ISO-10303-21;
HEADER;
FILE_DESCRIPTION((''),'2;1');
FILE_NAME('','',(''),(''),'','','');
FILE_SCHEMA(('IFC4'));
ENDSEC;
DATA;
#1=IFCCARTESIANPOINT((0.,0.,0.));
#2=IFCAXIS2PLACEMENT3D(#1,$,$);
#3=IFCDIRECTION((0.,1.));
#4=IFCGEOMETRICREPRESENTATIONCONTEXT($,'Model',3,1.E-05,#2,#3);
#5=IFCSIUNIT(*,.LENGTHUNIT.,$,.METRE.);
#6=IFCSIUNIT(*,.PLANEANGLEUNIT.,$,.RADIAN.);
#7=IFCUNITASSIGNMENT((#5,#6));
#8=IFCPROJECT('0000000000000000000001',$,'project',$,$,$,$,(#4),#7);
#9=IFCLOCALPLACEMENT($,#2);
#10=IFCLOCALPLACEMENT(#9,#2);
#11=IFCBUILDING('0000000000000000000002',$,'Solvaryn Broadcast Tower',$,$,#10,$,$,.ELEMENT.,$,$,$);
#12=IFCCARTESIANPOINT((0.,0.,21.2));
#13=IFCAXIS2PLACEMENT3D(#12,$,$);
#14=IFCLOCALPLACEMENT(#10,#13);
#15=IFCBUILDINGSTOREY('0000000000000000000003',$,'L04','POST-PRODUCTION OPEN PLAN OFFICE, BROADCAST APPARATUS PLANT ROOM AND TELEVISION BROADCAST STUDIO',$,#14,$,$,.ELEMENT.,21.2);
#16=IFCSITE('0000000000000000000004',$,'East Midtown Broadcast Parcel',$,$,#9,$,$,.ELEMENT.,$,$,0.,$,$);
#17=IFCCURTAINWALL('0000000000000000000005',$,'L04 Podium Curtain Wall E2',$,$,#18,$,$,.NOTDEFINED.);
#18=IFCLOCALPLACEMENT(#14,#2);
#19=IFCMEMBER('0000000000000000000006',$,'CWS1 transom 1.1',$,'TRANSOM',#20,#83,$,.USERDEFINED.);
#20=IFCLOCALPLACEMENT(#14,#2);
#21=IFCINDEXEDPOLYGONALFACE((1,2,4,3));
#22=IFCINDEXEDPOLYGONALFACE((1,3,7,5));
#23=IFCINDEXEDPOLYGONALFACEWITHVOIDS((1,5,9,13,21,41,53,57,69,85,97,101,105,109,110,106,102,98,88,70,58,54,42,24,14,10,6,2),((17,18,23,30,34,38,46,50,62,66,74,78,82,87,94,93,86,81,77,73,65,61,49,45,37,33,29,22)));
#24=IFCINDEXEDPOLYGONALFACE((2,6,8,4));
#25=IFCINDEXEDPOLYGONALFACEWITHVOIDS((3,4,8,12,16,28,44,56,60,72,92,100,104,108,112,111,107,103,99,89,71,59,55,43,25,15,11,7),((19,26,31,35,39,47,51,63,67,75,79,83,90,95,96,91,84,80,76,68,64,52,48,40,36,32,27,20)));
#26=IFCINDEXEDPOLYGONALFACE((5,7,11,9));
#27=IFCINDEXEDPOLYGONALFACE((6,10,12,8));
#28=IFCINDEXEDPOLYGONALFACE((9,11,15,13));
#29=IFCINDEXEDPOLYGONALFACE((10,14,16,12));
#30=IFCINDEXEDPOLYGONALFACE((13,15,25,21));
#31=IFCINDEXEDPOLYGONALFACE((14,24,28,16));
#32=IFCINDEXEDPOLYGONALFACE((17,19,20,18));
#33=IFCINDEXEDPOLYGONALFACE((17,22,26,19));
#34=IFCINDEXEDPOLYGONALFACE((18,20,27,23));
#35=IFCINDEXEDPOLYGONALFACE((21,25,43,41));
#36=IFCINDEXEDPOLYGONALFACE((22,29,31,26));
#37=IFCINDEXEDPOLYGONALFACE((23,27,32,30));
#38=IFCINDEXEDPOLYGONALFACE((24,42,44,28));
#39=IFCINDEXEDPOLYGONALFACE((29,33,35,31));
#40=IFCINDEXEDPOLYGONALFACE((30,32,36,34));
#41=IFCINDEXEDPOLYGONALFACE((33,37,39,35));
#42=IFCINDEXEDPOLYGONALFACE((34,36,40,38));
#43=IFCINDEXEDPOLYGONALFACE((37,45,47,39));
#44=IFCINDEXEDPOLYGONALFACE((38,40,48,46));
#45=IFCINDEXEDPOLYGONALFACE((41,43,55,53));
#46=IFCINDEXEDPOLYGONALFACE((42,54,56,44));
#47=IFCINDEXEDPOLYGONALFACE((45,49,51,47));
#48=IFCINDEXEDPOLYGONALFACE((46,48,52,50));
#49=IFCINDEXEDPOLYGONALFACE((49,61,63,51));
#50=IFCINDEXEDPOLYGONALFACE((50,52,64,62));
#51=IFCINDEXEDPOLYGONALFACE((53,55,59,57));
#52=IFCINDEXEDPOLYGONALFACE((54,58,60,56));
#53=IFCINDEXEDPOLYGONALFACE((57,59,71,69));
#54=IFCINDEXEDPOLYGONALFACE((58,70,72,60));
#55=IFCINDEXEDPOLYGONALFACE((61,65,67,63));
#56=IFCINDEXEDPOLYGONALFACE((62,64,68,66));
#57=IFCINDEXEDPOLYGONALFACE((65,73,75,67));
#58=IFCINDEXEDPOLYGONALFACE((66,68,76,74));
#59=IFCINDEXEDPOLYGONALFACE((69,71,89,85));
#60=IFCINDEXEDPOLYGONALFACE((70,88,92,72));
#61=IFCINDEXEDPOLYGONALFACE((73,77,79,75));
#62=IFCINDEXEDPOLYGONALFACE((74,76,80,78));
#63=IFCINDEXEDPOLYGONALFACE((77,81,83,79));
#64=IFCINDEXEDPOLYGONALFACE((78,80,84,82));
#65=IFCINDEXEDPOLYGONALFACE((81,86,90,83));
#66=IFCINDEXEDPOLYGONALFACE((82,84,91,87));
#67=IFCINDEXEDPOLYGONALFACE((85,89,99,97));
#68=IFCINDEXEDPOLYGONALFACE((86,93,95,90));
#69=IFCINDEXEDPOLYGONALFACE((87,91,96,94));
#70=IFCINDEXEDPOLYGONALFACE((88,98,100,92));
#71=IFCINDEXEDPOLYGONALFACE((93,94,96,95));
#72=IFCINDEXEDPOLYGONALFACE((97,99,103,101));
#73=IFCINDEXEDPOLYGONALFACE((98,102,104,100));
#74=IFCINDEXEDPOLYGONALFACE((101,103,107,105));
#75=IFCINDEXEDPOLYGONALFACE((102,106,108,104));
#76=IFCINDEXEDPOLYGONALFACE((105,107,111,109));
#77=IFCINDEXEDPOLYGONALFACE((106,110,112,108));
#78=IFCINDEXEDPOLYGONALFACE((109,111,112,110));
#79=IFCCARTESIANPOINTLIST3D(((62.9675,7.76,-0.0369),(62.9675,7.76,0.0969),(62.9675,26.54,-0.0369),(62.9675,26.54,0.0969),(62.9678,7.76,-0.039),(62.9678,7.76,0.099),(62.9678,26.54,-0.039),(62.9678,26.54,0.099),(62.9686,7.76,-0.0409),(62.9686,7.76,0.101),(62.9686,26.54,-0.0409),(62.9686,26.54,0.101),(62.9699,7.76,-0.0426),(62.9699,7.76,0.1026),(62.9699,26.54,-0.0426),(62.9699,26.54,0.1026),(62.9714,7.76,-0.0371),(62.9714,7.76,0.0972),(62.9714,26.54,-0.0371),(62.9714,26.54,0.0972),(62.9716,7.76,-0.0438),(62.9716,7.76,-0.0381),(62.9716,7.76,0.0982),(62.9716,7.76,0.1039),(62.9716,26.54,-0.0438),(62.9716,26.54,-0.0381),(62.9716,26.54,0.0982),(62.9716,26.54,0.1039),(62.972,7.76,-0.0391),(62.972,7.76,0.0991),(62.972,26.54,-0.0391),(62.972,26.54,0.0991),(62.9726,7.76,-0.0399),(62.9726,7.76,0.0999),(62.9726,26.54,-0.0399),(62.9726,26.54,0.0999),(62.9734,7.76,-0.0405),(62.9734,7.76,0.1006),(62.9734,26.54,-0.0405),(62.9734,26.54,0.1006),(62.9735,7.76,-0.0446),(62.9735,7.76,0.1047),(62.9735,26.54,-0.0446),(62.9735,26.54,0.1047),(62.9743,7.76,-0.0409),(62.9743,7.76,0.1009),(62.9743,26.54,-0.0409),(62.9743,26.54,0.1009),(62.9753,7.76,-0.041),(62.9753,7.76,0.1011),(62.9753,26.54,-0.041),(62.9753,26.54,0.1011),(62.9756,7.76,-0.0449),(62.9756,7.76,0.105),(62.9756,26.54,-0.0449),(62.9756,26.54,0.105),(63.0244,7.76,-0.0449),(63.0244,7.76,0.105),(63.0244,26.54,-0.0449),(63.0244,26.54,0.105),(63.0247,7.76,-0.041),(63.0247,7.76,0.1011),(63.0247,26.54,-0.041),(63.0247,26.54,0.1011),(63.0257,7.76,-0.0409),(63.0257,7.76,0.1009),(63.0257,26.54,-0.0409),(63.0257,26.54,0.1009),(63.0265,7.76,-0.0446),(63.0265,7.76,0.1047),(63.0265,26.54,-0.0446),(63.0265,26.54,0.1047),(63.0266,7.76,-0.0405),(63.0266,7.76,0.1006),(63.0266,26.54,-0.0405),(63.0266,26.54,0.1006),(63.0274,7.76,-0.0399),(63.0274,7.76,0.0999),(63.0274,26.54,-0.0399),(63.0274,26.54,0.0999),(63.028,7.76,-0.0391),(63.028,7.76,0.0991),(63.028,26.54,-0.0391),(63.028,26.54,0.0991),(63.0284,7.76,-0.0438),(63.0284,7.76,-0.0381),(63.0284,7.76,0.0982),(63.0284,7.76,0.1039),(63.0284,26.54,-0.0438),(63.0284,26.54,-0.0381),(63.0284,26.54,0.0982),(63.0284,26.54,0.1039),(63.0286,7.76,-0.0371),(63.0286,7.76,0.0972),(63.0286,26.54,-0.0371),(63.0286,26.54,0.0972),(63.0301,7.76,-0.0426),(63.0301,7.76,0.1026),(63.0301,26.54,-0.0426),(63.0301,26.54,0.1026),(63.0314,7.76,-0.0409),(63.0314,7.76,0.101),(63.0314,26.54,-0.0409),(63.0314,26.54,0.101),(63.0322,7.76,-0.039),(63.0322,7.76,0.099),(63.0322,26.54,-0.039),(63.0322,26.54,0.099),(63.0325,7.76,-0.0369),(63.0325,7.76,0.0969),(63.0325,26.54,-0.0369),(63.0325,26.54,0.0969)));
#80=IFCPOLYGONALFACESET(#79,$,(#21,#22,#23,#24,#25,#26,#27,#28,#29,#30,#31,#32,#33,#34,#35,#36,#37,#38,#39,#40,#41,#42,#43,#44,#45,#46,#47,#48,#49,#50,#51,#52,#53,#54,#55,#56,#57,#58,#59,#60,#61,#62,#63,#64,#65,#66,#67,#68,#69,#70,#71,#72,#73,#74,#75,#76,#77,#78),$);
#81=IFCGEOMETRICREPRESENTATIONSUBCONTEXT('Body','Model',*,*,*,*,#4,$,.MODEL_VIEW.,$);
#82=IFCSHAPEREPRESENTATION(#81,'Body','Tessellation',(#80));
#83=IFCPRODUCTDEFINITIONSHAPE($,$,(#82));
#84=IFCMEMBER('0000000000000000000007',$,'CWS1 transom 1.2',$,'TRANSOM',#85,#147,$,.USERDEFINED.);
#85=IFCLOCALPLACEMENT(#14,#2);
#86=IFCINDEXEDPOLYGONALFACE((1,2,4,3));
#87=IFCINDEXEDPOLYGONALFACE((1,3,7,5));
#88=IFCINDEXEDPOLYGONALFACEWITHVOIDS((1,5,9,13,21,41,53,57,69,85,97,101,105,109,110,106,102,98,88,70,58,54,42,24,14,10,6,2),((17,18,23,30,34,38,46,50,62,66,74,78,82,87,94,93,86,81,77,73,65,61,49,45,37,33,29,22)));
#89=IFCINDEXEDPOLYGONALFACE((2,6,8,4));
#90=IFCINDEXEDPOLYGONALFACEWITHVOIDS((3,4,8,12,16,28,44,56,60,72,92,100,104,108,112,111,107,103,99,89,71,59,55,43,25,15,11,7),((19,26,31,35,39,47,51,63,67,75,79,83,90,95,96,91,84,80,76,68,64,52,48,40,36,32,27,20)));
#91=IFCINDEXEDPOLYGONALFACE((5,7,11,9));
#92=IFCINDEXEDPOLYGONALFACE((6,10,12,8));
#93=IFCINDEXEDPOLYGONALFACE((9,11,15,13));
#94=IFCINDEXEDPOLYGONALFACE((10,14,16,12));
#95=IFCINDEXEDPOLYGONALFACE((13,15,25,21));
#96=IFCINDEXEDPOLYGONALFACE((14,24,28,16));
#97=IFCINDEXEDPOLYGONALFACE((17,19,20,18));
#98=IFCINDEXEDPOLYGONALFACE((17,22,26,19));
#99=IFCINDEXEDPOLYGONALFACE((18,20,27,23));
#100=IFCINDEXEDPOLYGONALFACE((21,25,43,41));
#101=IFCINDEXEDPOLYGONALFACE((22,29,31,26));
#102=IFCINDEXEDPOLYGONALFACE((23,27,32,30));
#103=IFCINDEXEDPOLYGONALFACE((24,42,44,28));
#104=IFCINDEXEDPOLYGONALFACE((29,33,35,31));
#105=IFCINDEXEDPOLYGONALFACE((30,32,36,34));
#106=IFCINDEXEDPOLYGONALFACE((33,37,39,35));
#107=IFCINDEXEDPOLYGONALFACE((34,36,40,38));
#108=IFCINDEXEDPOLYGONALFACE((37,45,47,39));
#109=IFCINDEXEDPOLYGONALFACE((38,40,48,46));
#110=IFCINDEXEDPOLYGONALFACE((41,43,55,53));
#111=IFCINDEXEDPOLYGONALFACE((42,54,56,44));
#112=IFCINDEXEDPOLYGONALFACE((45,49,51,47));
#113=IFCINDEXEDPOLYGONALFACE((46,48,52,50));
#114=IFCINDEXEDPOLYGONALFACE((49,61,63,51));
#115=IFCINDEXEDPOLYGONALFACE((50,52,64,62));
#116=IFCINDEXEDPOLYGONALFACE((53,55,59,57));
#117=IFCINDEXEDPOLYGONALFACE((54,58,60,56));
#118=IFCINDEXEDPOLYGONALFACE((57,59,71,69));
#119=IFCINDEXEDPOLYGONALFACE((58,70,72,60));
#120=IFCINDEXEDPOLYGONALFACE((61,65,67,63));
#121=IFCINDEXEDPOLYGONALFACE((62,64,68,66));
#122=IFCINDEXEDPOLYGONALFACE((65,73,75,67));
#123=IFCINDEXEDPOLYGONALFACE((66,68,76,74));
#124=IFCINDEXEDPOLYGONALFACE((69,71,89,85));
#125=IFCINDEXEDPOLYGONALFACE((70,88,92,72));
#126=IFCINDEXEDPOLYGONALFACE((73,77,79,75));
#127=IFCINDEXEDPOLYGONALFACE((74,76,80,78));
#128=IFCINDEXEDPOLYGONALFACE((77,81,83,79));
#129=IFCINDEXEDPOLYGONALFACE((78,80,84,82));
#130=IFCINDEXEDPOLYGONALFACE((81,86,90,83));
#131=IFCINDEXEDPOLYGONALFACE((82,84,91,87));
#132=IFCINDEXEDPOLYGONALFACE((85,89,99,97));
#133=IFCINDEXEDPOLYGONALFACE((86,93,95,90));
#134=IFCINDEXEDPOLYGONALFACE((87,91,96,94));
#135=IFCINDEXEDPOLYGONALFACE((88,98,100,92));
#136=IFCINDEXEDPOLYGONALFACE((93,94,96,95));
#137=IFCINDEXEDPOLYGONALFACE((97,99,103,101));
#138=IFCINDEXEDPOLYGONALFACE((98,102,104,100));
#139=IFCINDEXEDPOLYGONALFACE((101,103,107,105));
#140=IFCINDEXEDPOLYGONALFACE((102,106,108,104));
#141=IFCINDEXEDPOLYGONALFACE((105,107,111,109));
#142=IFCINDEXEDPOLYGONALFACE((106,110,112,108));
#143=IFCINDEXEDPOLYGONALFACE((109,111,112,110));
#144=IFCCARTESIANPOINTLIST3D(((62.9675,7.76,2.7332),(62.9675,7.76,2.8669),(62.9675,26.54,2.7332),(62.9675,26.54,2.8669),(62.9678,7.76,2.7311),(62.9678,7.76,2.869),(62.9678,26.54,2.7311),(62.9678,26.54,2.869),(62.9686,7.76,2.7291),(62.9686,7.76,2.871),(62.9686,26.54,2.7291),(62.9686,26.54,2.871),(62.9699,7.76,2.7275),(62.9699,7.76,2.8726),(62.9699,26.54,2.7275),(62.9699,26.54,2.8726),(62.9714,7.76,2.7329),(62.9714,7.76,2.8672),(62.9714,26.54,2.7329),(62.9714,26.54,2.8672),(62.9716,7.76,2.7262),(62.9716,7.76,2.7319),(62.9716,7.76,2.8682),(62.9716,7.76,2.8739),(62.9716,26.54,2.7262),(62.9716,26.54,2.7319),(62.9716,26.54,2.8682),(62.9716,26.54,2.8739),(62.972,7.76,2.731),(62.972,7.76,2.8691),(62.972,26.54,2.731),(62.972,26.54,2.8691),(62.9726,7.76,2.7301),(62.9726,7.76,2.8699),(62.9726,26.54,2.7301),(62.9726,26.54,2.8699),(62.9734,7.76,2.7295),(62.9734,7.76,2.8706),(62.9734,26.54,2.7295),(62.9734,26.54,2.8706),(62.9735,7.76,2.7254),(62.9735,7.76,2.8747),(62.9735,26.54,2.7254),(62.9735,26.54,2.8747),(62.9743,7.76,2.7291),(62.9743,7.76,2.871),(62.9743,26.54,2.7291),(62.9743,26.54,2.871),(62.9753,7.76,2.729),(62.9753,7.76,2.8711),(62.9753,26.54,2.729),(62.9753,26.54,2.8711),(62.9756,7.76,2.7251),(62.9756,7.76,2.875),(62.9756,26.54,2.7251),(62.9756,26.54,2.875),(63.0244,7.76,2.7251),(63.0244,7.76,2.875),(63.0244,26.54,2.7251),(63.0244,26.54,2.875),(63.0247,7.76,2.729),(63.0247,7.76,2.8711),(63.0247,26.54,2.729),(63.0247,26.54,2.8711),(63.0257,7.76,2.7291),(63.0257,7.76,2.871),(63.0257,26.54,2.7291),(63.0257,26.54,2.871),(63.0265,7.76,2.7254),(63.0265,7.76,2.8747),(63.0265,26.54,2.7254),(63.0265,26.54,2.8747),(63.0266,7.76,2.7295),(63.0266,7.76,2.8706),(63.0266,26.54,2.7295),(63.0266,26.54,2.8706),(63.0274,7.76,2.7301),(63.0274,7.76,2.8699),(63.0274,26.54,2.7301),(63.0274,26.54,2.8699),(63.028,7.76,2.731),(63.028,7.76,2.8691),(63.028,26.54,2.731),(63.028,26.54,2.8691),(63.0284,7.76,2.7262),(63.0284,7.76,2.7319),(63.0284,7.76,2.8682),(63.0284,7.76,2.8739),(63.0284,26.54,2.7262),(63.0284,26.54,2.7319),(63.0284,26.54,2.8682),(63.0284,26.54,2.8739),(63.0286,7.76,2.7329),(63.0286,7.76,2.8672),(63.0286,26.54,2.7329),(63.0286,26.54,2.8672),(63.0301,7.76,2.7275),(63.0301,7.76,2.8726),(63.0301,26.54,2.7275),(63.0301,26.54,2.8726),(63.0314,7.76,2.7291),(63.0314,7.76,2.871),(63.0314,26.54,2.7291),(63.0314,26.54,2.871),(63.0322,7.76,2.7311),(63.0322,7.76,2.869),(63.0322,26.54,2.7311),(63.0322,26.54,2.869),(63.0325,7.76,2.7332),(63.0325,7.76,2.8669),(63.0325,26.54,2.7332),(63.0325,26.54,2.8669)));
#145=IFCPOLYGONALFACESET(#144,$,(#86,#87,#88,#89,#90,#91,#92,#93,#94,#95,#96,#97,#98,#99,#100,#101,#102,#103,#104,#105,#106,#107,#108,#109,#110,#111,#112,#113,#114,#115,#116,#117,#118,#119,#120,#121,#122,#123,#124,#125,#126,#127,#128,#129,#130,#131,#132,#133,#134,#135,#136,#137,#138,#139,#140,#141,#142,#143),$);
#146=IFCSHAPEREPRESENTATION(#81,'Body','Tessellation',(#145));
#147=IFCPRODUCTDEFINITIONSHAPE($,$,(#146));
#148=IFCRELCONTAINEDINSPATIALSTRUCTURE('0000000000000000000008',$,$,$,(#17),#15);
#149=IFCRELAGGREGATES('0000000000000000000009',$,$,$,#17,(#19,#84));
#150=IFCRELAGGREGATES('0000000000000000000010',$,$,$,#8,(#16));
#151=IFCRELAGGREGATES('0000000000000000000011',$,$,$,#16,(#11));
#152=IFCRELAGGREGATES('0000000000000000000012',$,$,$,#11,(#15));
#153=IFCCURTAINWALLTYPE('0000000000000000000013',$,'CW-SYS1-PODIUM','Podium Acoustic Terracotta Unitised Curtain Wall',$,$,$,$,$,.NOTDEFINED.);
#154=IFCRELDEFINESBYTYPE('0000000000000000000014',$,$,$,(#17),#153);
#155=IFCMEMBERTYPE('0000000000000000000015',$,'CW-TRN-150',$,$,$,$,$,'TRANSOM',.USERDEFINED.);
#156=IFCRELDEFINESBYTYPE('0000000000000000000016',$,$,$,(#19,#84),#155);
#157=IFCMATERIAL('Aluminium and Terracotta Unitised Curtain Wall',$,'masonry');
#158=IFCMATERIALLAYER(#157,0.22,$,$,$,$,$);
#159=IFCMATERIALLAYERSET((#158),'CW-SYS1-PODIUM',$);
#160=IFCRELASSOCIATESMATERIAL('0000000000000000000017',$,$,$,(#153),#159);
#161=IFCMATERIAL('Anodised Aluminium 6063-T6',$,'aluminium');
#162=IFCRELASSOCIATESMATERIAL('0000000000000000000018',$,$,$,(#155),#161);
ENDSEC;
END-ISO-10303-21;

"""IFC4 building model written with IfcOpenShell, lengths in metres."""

from ifc_helpers import new_model, si_unit, direction, frame, origin, origin_2d, place, context, subcontext, project, spatial, hollow_rectangle, extrude, material, layer, layer_set, material_profile, profile_set, type_object, element, aggregate, save


model = new_model("IFC4")

# Units and contexts
model_context = context("Model", 3, precision=1e-05, world=origin(), true_north=direction((0.0, 1.0)))
body_context = subcontext(model_context, "Body", "Model", "MODEL_VIEW")
ifc_project = project(units=[si_unit("LENGTHUNIT", "METRE"), si_unit("PLANEANGLEUNIT", "RADIAN")], contexts=[model_context])

# Site, building, storey
site_placement = place(None, origin())
site = spatial("IfcSite", under=ifc_project, at=site_placement, Name="East Midtown Broadcast Parcel", CompositionType="ELEMENT", RefElevation=0.0)
building_placement = place(site_placement, origin())
building = spatial("IfcBuilding", under=site, at=building_placement, Name="Solvaryn Broadcast Tower", CompositionType="ELEMENT")
storey_placement = place(building_placement, frame((0.0, 0.0, 21.2)))
storey = spatial("IfcBuildingStorey", under=building, at=storey_placement, Name="L04", Description="POST-PRODUCTION OPEN PLAN OFFICE, BROADCAST APPARATUS PLANT ROOM AND TELEVISION BROADCAST STUDIO", CompositionType="ELEMENT", Elevation=21.2)

# Shared definitions
ifc_material_1 = material(Name="Aluminium and Terracotta Unitised Curtain Wall", Category="masonry")
ifc_layer_1 = layer(ifc_material_1, 0.22)
ifc_layer_set_1 = layer_set([ifc_layer_1], Name="CW-SYS1-PODIUM")
curtain_wall_type = type_object("IfcCurtainWallType", Name="CW-SYS1-PODIUM", Description="Podium Acoustic Terracotta Unitised Curtain Wall", PredefinedType="NOTDEFINED", material=ifc_layer_set_1)

# Curtain wall
curtain_wall_1_placement = place(storey_placement, origin())
curtain_wall_1 = element("IfcCurtainWall", 1, at=curtain_wall_1_placement, inside=storey, type_object=curtain_wall_type, Name="L04 Podium Curtain Wall E2", PredefinedType="NOTDEFINED")

# Members
ifc_material_2 = material(Name="Anodised Aluminium 6063-T6", Category="aluminium")
ifc_material_profile_1 = material_profile(ifc_material_2, hollow_rectangle(XDim=0.0649, YDim=0.1499, WallThickness=0.0039, InnerFilletRadius=0.0039, OuterFilletRadius=0.0081, at=origin_2d()))
ifc_profile_set_1 = profile_set([ifc_material_profile_1], Name="Anodised Aluminium 6063-T6")
member_type_1 = type_object("IfcMemberType", Name="CW-TRN-150", ElementType="TRANSOM", PredefinedType="USERDEFINED", material=ifc_profile_set_1)
member_1_placement = place(storey_placement, frame((63.0, 26.54, 0.03), z_axis=(0.0, -1.0, 0.0), x_axis=(1.0, 0.0, 0.0)))
member_1 = element("IfcMember", 2, at=member_1_placement, type_object=member_type_1, Name="CWS1 transom 1.1", ObjectType="TRANSOM", PredefinedType="USERDEFINED", context=body_context, shape_type="SweptSolid", body=[
    extrude(hollow_rectangle(XDim=0.0649, YDim=0.1499, WallThickness=0.0039, InnerFilletRadius=0.0039, OuterFilletRadius=0.0081, at=origin_2d()), origin(), (0.0, 0.0, 1.0), 18.78),
])
member_2_placement = place(storey_placement, frame((63.0, 26.54, 2.8), z_axis=(0.0, -1.0, 0.0), x_axis=(1.0, 0.0, 0.0)))
member_2 = element("IfcMember", 3, at=member_2_placement, type_object=member_type_1, Name="CWS1 transom 1.2", ObjectType="TRANSOM", PredefinedType="USERDEFINED", context=body_context, shape_type="SweptSolid", body=[
    extrude(hollow_rectangle(XDim=0.0649, YDim=0.1499, WallThickness=0.0039, InnerFilletRadius=0.0039, OuterFilletRadius=0.0081, at=origin_2d()), origin(), (0.0, 0.0, 1.0), 18.78),
])
aggregate(curtain_wall_1, [member_1, member_2])

save(model, "model.ifc")
